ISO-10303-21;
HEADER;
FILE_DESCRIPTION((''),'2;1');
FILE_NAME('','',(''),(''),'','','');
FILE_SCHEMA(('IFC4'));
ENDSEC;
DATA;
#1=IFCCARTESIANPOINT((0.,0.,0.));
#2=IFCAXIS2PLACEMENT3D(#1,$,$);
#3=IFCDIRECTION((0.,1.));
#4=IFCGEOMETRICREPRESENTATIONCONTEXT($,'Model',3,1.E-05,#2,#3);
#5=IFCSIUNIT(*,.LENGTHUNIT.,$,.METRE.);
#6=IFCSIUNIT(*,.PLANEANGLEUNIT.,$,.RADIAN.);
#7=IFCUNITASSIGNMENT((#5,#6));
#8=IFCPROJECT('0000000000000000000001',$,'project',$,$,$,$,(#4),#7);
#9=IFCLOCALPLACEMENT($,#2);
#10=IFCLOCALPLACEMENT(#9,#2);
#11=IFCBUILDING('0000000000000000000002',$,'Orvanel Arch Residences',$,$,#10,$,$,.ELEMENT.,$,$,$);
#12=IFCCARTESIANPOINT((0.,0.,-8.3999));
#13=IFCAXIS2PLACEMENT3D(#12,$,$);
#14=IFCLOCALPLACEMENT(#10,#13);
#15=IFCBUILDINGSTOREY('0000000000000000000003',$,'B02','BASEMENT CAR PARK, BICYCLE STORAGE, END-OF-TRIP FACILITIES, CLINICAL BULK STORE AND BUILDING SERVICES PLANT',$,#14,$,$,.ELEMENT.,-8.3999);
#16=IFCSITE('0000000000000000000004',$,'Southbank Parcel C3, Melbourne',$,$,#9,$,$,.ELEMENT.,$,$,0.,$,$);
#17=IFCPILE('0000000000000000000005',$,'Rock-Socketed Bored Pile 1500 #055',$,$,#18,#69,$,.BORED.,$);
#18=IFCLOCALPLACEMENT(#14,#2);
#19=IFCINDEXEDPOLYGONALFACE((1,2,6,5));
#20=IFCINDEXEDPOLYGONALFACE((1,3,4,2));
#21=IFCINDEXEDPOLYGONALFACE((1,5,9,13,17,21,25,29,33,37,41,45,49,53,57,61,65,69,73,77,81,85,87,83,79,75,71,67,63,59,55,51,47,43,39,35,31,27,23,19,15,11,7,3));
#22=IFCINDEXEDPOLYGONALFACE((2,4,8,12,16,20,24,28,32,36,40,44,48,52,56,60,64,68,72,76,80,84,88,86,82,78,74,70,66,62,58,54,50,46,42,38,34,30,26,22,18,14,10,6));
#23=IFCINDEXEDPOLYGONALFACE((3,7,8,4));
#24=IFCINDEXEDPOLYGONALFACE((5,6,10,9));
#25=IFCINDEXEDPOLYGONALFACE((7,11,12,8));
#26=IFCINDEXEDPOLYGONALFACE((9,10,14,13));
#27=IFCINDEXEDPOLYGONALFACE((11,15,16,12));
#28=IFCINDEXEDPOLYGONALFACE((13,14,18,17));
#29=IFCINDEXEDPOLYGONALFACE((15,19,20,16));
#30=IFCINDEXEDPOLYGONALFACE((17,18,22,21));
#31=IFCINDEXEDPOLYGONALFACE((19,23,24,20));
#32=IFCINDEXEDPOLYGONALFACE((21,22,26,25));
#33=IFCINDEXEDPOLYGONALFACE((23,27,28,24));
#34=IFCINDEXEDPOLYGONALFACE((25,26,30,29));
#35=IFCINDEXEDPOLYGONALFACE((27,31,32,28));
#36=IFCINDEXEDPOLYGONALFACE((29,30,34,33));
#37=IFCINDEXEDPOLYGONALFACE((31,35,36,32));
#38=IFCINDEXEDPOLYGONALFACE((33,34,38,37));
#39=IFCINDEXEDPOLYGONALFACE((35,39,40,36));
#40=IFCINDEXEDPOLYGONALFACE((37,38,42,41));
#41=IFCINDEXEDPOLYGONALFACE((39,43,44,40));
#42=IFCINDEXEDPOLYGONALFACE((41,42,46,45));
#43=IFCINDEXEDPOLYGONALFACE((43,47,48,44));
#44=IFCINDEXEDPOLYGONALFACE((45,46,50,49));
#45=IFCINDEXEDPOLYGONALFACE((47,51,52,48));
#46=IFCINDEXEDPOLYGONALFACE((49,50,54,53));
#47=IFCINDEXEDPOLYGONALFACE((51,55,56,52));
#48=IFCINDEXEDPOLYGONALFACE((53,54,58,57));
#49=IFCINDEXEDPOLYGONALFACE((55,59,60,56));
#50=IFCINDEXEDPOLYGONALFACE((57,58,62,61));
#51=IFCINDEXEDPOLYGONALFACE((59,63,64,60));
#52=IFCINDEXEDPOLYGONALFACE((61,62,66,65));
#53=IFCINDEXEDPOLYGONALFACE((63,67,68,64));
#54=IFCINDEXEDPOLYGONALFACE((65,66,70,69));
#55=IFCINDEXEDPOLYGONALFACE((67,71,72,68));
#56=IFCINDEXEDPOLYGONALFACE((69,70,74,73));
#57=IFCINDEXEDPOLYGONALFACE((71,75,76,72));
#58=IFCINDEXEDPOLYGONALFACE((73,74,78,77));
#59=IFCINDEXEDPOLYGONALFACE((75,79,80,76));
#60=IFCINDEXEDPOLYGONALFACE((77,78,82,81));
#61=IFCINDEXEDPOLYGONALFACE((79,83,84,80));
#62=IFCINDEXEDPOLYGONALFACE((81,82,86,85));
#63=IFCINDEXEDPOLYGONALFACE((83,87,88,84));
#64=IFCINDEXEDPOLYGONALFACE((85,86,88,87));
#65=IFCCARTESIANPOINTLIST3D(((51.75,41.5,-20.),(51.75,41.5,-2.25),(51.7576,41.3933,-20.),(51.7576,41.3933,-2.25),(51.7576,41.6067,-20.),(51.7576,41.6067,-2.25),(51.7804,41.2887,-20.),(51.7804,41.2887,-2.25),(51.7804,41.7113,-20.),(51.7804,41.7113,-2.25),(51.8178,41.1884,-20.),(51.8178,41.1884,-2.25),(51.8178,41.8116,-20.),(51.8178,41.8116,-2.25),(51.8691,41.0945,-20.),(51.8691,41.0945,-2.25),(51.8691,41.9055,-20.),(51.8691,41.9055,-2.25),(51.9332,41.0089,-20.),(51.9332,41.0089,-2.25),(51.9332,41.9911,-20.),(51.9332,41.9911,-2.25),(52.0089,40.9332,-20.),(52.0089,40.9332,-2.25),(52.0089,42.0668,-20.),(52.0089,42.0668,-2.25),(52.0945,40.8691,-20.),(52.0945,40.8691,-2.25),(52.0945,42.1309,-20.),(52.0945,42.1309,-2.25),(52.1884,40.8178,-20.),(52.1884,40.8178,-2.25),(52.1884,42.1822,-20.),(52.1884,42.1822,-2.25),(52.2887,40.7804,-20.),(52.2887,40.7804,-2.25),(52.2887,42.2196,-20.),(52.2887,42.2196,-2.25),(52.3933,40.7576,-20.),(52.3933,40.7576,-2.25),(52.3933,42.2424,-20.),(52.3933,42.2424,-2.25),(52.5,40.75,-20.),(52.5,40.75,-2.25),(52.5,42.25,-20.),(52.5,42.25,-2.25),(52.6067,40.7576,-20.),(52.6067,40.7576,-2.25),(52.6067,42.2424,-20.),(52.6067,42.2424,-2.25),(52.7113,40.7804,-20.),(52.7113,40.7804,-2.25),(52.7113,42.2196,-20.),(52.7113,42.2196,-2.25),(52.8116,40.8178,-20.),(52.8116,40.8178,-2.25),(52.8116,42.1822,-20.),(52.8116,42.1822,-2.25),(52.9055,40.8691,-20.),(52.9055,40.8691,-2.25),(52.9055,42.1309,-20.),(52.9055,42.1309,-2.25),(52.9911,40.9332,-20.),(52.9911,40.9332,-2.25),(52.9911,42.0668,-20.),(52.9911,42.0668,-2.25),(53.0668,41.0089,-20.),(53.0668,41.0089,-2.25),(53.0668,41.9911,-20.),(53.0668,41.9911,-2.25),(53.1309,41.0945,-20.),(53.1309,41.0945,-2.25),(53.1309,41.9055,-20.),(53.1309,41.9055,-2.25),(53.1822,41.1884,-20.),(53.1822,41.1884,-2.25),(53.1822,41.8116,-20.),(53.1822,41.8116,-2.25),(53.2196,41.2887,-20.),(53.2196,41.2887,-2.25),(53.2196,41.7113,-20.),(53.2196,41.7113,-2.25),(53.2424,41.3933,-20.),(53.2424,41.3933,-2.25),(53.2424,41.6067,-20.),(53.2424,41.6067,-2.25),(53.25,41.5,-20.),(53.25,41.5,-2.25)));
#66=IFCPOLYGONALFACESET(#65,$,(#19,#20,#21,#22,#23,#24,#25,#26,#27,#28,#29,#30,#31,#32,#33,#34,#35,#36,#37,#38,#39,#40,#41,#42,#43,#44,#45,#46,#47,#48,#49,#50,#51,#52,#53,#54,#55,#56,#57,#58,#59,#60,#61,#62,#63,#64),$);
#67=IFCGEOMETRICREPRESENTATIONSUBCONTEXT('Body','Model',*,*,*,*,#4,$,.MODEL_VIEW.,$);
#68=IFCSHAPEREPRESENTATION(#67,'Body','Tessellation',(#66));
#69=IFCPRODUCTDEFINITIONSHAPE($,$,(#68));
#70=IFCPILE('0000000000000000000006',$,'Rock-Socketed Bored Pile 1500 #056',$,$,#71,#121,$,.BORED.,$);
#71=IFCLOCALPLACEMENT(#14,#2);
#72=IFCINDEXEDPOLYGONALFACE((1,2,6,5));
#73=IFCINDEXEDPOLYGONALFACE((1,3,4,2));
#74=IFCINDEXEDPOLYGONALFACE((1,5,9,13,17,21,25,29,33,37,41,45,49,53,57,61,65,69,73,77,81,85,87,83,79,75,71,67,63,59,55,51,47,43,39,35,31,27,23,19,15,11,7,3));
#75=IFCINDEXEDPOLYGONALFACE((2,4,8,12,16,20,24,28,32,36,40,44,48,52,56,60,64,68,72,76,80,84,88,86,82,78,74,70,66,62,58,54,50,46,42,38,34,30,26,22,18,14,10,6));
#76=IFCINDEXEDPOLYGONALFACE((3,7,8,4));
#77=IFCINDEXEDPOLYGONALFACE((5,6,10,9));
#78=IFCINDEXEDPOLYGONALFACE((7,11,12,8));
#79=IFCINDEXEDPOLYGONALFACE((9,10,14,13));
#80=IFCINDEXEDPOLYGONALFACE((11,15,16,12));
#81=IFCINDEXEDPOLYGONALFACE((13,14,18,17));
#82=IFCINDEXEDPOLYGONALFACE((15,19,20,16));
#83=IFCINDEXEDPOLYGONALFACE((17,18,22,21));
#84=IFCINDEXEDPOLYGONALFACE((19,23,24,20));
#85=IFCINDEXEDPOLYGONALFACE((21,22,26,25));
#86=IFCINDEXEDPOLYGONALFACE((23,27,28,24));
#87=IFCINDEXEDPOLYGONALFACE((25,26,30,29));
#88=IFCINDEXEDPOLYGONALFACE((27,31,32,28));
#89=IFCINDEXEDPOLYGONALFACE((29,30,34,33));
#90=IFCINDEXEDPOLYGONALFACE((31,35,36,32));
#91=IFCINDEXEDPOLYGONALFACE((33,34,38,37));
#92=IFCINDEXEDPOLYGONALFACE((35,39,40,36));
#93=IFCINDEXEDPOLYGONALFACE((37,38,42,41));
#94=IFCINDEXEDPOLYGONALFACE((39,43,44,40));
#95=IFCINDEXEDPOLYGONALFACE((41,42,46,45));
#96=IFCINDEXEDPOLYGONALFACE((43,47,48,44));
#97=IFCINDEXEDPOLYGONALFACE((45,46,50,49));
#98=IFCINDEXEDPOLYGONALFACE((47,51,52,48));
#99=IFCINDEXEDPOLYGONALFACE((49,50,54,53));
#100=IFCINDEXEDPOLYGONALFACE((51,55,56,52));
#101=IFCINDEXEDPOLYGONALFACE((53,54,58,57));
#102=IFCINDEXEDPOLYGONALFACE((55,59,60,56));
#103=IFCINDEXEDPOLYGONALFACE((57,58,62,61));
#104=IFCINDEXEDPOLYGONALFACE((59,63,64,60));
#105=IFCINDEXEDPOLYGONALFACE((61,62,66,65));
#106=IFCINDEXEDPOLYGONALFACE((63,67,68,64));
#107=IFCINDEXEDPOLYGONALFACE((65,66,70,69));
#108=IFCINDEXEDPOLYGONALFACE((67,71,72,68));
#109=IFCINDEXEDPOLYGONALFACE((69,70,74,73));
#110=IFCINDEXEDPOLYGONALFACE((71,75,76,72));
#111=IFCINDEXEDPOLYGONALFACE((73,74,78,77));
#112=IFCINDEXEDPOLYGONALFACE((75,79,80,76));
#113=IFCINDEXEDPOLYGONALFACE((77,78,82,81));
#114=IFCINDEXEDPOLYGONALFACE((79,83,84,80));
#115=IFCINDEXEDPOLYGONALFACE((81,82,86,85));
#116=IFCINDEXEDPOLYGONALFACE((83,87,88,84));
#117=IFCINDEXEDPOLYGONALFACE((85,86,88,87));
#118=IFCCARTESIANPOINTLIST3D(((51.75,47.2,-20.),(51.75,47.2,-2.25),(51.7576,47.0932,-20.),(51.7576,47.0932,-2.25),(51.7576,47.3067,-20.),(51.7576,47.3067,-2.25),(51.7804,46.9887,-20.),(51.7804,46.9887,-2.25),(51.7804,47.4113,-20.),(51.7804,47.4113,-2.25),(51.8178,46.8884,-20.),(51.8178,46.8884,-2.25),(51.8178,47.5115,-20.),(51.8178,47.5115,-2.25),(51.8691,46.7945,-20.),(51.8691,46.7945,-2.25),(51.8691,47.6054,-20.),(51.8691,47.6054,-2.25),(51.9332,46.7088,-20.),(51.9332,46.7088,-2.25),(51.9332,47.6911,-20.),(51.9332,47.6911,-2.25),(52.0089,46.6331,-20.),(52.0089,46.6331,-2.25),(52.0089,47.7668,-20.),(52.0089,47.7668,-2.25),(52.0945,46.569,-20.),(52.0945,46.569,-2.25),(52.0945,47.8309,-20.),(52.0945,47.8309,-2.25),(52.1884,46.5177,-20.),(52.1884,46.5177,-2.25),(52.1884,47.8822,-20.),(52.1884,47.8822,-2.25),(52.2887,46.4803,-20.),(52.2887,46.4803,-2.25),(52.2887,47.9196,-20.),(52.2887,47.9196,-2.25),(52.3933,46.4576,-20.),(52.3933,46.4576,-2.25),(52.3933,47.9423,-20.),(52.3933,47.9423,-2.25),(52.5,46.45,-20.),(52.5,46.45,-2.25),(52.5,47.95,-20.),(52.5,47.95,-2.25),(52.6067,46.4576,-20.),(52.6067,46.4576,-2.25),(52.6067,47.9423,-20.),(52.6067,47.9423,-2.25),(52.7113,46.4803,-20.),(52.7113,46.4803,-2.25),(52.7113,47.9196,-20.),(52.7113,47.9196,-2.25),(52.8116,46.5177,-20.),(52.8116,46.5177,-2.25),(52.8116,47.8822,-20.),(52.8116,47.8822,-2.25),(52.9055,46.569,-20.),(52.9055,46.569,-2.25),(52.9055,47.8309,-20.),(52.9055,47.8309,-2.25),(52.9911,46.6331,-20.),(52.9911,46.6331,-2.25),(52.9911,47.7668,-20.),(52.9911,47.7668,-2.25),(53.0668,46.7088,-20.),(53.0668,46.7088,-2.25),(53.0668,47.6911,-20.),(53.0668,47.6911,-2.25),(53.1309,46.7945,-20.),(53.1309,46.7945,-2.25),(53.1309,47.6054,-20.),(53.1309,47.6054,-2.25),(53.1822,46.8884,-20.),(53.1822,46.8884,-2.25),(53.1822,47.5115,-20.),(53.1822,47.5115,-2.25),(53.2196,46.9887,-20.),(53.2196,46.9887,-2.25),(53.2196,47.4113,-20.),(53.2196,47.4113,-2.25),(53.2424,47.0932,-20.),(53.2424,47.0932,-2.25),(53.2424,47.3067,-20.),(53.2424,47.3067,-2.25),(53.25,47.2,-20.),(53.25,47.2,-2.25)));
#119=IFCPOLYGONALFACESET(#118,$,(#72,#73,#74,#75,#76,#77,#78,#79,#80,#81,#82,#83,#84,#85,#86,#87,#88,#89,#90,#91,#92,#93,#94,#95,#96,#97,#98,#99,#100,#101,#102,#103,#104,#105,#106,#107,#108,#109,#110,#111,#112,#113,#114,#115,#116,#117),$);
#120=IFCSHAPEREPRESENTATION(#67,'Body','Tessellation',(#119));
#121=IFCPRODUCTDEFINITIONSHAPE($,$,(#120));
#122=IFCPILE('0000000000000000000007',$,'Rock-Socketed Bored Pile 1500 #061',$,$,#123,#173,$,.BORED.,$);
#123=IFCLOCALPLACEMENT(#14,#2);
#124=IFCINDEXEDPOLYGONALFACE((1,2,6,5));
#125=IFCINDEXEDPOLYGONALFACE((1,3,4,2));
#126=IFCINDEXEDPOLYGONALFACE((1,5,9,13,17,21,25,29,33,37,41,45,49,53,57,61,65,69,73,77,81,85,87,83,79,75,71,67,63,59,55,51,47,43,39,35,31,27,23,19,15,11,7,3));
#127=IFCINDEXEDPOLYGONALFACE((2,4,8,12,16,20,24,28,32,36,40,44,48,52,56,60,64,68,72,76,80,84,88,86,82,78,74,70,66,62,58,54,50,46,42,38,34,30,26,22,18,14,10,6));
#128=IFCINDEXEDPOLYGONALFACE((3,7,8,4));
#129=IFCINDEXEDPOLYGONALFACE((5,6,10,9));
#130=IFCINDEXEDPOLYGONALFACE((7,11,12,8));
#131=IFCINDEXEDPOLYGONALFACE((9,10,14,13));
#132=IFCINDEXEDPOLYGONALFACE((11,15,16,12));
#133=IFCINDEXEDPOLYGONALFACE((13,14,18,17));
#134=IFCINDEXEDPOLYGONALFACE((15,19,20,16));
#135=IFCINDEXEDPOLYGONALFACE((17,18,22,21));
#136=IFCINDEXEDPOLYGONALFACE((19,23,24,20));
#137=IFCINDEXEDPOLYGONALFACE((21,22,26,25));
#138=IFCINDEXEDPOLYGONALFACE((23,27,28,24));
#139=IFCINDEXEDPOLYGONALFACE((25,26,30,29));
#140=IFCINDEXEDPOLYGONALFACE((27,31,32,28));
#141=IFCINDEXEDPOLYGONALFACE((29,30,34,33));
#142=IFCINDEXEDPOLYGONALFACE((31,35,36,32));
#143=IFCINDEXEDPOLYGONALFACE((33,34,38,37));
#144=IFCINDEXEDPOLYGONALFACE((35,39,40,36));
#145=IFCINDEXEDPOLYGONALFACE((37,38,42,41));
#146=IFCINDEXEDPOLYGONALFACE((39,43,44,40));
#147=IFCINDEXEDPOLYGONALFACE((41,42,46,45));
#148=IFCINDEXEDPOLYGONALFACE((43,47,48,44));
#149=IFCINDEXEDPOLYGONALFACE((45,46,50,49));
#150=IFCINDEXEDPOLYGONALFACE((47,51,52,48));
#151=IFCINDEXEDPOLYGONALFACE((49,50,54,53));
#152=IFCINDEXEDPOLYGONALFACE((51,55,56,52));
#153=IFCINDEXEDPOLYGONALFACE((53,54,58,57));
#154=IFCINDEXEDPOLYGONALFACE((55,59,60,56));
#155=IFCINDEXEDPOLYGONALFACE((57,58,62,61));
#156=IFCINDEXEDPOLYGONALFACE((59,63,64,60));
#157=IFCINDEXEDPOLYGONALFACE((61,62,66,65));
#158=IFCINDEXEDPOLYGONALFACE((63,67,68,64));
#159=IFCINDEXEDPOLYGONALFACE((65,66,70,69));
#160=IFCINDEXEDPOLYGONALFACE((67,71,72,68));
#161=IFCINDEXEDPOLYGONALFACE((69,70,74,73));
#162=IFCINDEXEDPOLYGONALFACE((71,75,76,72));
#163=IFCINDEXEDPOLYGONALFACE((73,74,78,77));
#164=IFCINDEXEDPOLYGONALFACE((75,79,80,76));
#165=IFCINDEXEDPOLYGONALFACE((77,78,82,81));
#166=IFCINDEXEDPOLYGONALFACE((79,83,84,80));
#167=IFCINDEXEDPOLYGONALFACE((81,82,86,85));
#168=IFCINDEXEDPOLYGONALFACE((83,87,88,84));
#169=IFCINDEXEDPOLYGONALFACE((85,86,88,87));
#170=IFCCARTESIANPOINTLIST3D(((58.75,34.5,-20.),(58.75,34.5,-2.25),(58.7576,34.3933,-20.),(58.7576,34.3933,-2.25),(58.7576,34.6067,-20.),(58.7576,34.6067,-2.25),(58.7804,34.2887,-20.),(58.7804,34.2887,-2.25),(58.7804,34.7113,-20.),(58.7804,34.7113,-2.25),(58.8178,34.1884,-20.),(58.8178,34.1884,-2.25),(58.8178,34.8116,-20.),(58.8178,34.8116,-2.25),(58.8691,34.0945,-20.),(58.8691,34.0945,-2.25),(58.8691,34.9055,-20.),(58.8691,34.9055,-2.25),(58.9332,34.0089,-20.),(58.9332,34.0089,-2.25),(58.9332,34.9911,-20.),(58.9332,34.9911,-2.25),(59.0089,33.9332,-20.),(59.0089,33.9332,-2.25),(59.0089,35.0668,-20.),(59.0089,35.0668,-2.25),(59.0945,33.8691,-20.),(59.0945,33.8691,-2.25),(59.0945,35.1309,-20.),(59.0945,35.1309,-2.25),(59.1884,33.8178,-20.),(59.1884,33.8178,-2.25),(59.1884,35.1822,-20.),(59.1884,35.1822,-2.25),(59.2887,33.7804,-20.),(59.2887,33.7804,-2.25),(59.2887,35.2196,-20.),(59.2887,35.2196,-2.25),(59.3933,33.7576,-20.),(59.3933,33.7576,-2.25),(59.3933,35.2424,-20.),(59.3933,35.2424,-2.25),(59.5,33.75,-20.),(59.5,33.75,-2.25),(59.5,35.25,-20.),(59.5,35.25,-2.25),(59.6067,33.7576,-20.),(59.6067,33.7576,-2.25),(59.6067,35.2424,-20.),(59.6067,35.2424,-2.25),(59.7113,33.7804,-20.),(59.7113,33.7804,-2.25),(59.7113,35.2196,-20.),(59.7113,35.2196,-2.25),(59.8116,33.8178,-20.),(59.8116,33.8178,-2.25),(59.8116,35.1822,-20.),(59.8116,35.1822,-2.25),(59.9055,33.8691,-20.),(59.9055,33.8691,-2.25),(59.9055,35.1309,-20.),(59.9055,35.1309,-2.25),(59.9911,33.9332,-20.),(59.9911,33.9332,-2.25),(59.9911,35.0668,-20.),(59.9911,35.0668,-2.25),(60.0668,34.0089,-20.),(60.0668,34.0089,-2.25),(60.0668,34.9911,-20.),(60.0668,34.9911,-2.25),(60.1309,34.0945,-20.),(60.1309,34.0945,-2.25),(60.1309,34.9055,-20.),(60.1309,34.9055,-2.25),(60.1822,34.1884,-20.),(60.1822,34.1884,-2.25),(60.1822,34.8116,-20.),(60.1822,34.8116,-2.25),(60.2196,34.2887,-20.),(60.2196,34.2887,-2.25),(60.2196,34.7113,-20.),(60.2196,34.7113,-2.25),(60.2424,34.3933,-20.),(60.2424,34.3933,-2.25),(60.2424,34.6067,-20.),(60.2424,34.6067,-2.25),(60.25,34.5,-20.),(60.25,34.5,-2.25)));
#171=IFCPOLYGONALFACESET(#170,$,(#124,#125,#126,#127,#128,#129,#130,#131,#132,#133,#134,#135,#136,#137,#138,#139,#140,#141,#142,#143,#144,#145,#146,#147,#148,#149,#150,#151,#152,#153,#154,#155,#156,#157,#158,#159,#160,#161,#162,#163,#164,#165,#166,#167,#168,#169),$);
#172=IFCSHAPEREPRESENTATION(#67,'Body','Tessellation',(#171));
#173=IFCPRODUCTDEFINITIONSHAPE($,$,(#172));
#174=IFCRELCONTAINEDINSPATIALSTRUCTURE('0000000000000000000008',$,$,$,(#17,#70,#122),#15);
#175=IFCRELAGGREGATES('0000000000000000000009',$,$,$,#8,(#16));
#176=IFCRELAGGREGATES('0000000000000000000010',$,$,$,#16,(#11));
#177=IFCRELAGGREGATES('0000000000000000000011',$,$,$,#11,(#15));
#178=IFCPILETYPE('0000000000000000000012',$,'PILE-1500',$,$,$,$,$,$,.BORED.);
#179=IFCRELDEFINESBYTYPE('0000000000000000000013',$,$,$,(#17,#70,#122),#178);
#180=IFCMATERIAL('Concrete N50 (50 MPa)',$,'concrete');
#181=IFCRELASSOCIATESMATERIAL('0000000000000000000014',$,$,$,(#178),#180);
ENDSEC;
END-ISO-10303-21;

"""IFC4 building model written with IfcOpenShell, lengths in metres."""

from ifc_helpers import new_model, si_unit, direction, frame, origin, origin_2d, place, context, subcontext, project, spatial, circle, extrude, material, material_profile, profile_set, type_object, element, save


model = new_model("IFC4")

# Units and contexts
model_context = context("Model", 3, precision=1e-05, world=origin(), true_north=direction((0.0, 1.0)))
body_context = subcontext(model_context, "Body", "Model", "MODEL_VIEW")
ifc_project = project(units=[si_unit("LENGTHUNIT", "METRE"), si_unit("PLANEANGLEUNIT", "RADIAN")], contexts=[model_context])

# Site, building, storey
site_placement = place(None, origin())
site = spatial("IfcSite", under=ifc_project, at=site_placement, Name="Southbank Parcel C3, Melbourne", CompositionType="ELEMENT", RefElevation=0.0)
building_placement = place(site_placement, origin())
building = spatial("IfcBuilding", under=site, at=building_placement, Name="Orvanel Arch Residences", CompositionType="ELEMENT")
storey_placement = place(building_placement, frame((0.0, 0.0, -8.3999)))
storey = spatial("IfcBuildingStorey", under=building, at=storey_placement, Name="B02", Description="BASEMENT CAR PARK, BICYCLE STORAGE, END-OF-TRIP FACILITIES, CLINICAL BULK STORE AND BUILDING SERVICES PLANT", CompositionType="ELEMENT", Elevation=-8.3999)

# Shared definitions
ifc_material_1 = material(Name="Concrete N50 (50 MPa)", Category="concrete")

# Piles
ifc_material_profile_1 = material_profile(ifc_material_1, circle(Radius=0.75, at=origin_2d()), Name="PILE1500")
ifc_profile_set_1 = profile_set([ifc_material_profile_1], Name="Concrete N50 (50 MPa)")
pile_type_1 = type_object("IfcPileType", Name="PILE-1500", PredefinedType="BORED", material=ifc_profile_set_1)
for number, where, z_axis, x_axis, name in (
    (1, (52.5, 41.5, -2.25), (0.0, 0.0, -1.0), (1.0, 0.0, 0.0), "Rock-Socketed Bored Pile 1500 #055"),
    (2, (52.5, 47.2, -2.25), (0.0, 0.0, -1.0), (1.0, 0.0, 0.0), "Rock-Socketed Bored Pile 1500 #056"),
    (3, (59.5, 34.5, -2.25), (0.0, 0.0, -1.0), (1.0, 0.0, 0.0), "Rock-Socketed Bored Pile 1500 #061"),
):
    element("IfcPile", number, at=place(storey_placement, frame(where, z_axis=z_axis, x_axis=x_axis)), inside=storey, type_object=pile_type_1, Name=name, PredefinedType="BORED", context=body_context, shape_type="SweptSolid", body=[
        extrude(circle(Radius=0.75, at=origin_2d()), origin(), (0.0, 0.0, 1.0), 17.75),
    ])

save(model, "model.ifc")
